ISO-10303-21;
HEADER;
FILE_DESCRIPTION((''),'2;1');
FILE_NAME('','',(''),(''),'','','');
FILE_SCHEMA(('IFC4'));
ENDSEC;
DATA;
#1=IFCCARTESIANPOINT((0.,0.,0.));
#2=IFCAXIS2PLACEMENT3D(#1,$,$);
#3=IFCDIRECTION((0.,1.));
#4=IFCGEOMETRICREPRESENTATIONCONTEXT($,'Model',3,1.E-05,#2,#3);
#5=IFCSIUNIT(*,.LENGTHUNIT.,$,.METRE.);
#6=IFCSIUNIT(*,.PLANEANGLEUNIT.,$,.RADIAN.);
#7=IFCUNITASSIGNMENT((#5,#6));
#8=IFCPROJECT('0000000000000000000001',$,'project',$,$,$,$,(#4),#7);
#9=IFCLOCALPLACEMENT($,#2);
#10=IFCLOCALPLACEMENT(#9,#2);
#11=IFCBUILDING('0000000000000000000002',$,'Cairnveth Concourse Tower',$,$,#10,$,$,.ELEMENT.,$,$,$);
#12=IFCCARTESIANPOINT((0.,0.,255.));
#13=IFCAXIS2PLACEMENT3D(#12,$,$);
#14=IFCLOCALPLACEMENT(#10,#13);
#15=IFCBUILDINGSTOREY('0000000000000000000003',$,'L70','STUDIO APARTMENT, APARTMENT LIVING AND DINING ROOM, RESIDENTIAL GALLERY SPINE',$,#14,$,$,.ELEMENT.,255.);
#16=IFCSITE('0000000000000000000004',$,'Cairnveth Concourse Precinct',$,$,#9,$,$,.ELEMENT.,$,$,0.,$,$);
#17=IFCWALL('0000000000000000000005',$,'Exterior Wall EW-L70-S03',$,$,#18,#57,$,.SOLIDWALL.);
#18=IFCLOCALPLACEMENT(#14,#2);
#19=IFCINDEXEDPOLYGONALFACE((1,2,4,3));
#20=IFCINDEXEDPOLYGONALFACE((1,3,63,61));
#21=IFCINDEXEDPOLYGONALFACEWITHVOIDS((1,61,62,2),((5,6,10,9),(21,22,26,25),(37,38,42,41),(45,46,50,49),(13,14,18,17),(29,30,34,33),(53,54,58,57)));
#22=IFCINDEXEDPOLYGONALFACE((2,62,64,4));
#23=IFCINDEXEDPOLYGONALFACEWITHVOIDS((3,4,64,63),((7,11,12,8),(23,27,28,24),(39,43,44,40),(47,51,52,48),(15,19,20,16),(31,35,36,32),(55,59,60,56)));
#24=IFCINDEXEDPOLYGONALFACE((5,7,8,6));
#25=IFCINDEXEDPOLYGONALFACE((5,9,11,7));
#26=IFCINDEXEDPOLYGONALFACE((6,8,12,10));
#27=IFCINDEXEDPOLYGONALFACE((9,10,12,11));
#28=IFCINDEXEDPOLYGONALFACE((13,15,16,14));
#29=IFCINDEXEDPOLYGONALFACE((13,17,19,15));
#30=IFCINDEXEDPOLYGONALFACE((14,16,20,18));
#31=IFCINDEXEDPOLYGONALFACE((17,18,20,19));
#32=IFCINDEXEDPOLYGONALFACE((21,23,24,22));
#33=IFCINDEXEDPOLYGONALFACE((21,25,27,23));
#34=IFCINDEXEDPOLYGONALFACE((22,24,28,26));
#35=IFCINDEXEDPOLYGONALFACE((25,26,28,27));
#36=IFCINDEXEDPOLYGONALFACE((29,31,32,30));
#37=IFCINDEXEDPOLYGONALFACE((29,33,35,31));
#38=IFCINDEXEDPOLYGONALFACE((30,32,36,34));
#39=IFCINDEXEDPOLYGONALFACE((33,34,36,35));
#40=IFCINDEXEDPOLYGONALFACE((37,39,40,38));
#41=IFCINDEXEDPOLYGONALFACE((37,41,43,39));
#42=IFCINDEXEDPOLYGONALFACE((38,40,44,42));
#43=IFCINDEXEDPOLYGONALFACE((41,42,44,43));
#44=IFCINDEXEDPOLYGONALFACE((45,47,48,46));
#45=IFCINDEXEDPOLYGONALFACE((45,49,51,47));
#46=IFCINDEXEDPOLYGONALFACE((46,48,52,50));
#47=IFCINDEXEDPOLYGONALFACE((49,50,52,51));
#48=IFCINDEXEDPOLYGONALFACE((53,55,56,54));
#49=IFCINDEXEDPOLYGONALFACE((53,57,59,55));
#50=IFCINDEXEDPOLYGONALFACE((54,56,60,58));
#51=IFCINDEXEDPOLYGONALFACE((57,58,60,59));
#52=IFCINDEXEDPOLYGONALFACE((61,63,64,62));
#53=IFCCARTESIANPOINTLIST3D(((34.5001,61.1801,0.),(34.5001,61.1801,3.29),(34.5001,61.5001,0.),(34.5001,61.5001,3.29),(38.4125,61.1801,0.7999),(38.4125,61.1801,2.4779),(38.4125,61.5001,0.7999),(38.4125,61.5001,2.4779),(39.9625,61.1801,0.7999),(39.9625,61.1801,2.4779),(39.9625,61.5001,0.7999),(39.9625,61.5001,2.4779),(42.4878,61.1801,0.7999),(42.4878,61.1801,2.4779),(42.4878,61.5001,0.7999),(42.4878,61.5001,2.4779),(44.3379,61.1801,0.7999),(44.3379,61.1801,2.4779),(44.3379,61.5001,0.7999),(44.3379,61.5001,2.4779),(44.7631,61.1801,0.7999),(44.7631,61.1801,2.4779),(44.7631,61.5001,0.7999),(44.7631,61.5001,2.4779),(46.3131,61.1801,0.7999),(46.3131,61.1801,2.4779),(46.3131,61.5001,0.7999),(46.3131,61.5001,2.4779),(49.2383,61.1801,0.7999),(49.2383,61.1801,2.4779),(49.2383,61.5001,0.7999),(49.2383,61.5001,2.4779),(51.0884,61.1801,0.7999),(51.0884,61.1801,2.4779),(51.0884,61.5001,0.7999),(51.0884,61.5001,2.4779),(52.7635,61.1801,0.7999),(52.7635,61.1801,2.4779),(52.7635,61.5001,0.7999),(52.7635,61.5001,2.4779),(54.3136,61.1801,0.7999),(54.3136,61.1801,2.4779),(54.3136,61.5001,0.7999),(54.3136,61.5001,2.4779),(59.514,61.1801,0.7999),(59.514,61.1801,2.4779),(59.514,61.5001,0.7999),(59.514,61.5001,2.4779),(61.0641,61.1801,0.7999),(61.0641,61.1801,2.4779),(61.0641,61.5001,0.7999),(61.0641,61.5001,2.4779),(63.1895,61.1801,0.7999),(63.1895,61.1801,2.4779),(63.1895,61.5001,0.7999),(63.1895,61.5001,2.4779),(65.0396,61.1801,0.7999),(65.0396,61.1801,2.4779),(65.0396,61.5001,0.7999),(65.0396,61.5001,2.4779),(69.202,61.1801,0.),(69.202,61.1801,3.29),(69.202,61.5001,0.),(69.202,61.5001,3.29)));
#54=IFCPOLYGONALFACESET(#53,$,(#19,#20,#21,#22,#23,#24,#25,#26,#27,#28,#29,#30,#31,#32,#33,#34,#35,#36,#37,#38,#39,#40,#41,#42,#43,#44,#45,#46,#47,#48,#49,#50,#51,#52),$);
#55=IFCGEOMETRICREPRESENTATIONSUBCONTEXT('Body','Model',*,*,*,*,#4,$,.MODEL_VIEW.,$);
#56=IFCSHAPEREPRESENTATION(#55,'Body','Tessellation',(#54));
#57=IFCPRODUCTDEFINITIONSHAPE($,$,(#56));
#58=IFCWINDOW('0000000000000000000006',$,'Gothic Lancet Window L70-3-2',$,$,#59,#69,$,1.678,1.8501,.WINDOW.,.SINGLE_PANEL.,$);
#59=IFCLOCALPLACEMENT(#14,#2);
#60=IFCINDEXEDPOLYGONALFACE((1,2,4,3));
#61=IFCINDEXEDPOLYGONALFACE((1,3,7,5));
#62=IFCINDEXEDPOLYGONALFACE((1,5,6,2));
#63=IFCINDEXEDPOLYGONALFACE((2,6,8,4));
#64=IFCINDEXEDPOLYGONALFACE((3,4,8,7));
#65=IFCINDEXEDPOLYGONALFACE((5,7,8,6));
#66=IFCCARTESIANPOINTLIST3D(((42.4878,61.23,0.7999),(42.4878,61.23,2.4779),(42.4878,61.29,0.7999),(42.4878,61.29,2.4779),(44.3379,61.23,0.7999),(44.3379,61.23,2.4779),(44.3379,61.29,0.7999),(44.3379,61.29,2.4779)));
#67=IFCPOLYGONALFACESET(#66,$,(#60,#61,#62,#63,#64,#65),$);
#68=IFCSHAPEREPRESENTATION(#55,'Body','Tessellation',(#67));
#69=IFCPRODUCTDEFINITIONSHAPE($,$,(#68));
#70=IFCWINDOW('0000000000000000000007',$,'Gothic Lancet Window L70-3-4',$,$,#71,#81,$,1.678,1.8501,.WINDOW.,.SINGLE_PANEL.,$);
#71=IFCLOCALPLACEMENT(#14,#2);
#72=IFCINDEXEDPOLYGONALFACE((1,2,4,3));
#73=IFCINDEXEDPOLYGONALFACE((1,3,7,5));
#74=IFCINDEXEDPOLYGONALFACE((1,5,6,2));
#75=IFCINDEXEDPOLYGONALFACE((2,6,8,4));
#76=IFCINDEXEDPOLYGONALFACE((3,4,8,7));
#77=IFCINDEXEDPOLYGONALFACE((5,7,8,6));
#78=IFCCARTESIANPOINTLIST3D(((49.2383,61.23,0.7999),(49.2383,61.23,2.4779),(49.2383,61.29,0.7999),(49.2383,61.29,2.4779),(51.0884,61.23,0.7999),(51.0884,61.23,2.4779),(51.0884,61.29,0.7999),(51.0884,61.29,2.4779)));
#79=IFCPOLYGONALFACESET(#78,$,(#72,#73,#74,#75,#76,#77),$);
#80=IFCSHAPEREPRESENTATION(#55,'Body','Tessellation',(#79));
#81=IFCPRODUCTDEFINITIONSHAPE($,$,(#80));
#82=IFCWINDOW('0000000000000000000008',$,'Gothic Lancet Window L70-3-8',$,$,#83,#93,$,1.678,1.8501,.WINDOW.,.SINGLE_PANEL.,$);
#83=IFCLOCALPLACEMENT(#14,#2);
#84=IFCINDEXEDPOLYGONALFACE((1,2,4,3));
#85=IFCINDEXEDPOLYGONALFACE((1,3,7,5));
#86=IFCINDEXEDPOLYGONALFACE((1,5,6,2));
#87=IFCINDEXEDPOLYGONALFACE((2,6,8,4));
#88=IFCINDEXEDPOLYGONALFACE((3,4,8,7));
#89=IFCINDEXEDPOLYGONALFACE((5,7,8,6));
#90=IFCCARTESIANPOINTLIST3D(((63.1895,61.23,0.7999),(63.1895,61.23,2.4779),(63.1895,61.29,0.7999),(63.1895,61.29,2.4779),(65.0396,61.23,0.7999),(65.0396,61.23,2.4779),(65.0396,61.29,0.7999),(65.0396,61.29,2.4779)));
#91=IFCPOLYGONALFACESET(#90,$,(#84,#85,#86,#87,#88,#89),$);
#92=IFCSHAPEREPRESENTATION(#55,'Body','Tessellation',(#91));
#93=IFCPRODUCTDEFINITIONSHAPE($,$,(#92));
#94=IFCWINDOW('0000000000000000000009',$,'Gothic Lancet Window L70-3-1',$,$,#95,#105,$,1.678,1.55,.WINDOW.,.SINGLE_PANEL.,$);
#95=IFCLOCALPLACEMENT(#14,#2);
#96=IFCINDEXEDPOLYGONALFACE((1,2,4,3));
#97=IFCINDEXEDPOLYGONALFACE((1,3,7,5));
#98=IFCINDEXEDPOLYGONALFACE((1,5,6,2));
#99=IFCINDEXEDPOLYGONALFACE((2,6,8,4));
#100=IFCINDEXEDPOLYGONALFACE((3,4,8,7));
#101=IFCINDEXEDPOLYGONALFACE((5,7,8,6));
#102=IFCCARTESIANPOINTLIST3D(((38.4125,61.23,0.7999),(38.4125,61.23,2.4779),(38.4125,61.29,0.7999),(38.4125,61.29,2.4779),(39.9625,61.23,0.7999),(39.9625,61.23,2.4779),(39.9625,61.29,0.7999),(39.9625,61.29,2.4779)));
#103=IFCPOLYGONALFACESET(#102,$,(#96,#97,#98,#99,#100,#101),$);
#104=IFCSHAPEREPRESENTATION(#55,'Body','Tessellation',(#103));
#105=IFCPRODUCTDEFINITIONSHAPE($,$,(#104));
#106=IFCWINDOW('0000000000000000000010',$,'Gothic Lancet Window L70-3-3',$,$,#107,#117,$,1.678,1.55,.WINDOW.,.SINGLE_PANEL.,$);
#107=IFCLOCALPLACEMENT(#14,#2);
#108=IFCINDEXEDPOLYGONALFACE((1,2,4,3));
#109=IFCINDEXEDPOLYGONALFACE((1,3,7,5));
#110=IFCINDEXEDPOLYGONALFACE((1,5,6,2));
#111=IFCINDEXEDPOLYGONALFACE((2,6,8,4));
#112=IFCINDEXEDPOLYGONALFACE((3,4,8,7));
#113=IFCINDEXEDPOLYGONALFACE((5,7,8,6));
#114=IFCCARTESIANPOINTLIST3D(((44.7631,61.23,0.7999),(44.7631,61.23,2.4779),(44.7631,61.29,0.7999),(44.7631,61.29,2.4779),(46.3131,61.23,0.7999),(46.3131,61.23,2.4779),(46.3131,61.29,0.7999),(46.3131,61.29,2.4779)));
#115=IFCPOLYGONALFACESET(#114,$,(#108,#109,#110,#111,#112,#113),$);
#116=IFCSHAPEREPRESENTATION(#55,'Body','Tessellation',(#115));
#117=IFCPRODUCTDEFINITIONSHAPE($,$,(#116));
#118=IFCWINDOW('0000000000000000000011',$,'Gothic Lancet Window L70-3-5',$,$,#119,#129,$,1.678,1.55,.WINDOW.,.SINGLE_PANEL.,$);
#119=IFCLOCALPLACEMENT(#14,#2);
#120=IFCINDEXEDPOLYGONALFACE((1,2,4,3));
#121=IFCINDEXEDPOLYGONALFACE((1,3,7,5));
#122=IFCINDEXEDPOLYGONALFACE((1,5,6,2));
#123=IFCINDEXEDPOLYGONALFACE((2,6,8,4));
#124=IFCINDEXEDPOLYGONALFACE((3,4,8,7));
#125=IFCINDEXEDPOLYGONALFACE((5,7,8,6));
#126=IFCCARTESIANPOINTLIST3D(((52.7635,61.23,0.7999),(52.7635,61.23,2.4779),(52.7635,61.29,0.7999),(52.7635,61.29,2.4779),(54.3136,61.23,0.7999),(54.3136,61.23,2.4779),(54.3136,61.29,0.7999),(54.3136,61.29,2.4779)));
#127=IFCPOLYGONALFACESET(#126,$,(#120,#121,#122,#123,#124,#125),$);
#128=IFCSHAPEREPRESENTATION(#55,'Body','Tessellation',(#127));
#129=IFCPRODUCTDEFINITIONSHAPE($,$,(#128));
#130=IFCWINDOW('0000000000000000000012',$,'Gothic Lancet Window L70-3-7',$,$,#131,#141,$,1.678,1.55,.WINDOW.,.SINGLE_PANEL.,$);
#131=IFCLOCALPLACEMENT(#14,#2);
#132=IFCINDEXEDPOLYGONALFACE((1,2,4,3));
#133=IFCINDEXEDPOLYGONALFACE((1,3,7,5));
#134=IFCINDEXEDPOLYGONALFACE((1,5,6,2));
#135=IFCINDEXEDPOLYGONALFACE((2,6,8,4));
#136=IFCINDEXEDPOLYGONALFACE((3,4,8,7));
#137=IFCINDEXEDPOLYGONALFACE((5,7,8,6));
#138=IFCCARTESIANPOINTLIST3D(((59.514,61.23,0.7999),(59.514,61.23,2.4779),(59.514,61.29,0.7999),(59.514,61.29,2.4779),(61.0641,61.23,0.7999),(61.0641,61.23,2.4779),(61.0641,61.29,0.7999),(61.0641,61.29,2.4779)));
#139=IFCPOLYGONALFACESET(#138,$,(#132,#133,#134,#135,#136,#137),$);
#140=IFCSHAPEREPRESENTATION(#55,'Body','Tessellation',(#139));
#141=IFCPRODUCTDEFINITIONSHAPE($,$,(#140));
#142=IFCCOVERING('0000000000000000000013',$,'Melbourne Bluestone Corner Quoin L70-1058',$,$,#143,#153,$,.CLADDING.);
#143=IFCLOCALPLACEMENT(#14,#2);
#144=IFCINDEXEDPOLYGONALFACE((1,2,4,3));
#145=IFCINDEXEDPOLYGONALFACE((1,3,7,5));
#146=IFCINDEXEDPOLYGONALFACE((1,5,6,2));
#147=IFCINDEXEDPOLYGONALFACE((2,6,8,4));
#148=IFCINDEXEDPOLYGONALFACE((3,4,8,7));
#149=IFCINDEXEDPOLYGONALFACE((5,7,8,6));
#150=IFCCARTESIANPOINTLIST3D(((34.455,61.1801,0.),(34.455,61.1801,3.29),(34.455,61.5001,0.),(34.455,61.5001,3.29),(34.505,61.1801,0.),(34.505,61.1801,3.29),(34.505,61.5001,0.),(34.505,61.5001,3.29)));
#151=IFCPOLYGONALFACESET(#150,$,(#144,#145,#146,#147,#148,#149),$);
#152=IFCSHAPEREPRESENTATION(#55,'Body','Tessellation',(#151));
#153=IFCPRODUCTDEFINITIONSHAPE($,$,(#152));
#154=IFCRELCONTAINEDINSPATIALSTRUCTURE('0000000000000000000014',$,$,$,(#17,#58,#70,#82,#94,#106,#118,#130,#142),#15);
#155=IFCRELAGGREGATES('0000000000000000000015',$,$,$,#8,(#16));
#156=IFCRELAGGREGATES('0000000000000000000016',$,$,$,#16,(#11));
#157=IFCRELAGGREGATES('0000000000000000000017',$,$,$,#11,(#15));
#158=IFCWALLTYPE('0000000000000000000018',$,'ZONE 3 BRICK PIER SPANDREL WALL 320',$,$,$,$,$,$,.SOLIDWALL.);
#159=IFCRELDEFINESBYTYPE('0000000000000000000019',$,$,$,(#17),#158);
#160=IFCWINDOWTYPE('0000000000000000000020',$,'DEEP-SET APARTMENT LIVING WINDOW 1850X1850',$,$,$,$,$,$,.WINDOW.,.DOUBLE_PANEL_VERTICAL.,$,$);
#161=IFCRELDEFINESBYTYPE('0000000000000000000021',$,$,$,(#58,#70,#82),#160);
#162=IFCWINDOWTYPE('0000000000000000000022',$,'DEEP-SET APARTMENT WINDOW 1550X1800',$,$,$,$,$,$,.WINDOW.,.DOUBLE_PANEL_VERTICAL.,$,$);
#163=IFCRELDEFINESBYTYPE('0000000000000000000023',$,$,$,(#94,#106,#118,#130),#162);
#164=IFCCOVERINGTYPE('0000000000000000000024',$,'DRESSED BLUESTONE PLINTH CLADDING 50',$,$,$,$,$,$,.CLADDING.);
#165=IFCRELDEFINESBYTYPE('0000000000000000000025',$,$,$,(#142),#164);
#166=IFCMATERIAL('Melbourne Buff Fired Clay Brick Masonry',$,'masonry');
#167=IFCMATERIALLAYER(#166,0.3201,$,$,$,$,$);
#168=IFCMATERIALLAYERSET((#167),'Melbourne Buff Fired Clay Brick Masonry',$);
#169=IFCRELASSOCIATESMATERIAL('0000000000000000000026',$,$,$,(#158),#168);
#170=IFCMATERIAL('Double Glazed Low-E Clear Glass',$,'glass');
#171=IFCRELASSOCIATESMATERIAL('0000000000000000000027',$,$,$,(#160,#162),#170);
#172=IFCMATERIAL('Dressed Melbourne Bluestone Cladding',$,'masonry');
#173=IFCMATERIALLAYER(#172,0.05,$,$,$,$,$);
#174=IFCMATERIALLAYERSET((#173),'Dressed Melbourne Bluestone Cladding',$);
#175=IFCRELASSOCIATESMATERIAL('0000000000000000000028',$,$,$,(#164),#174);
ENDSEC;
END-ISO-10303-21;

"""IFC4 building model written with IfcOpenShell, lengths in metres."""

from ifc_helpers import new_model, si_unit, direction, frame, frame_2d, origin, place, context, subcontext, project, spatial, rectangle, extrude, material, layer, layer_set, type_object, element, fill, save


model = new_model("IFC4")

# Units and contexts
model_context = context("Model", 3, precision=1e-05, world=origin(), true_north=direction((0.0, 1.0)))
body_context = subcontext(model_context, "Body", "Model", "MODEL_VIEW")
ifc_project = project(units=[si_unit("LENGTHUNIT", "METRE"), si_unit("PLANEANGLEUNIT", "RADIAN")], contexts=[model_context])

# Site, building, storey
site_placement = place(None, origin())
site = spatial("IfcSite", under=ifc_project, at=site_placement, Name="Cairnveth Concourse Precinct", CompositionType="ELEMENT", RefElevation=0.0)
building_placement = place(site_placement, origin())
building = spatial("IfcBuilding", under=site, at=building_placement, Name="Cairnveth Concourse Tower", CompositionType="ELEMENT")
storey_placement = place(building_placement, frame((0.0, 0.0, 255.0)))
storey = spatial("IfcBuildingStorey", under=building, at=storey_placement, Name="L70", Description="STUDIO APARTMENT, APARTMENT LIVING AND DINING ROOM, RESIDENTIAL GALLERY SPINE", CompositionType="ELEMENT", Elevation=255.0)

# Wall, openings, windows
ifc_material_1 = material(Name="Melbourne Buff Fired Clay Brick Masonry", Category="masonry")
ifc_layer_1 = layer(ifc_material_1, 0.3201)
ifc_layer_set_1 = layer_set([ifc_layer_1], Name="Melbourne Buff Fired Clay Brick Masonry")
wall_type = type_object("IfcWallType", Name="ZONE 3 BRICK PIER SPANDREL WALL 320", PredefinedType="SOLIDWALL", material=ifc_layer_set_1)
wall_placement = place(storey_placement, frame((34.5, 61.3401, 0.0), z_axis=(0.0, 0.0, 1.0), x_axis=(1.0, 0.0, 0.0)))
wall = element("IfcWall", 1, at=wall_placement, inside=storey, type_object=wall_type, Name="Exterior Wall EW-L70-S03", PredefinedType="SOLIDWALL", context=body_context, shape_type="SweptSolid", body=[
    extrude(rectangle(XDim=34.7019, YDim=0.3201, at=frame_2d((17.3511, 0.0))), origin(), (0.0, 0.0, 1.0), 3.29),
])
opening_1_placement = place(wall_placement, frame((3.9126, 0.0, 0.8)))
opening_1 = element("IfcOpeningElement", 2, at=opening_1_placement, cuts=wall, PredefinedType="OPENING", context=body_context, shape_type="SweptSolid", body=[
    extrude(rectangle(XDim=1.55, YDim=1.678, at=frame_2d((0.7749, 0.8389))), frame((0.0, 0.1699, 0.0), z_axis=(0.0, -1.0, 0.0), x_axis=(1.0, 0.0, 0.0)), (0.0, 0.0, 1.0), 0.3401),
])
opening_2_placement = place(wall_placement, frame((7.9878, 0.0, 0.8)))
opening_2 = element("IfcOpeningElement", 3, at=opening_2_placement, cuts=wall, PredefinedType="OPENING", context=body_context, shape_type="SweptSolid", body=[
    extrude(rectangle(XDim=1.8501, YDim=1.678, at=frame_2d((0.925, 0.8389))), frame((0.0, 0.1699, 0.0), z_axis=(0.0, -1.0, 0.0), x_axis=(1.0, 0.0, 0.0)), (0.0, 0.0, 1.0), 0.3401),
])
opening_3_placement = place(wall_placement, frame((10.2632, 0.0, 0.8)))
opening_3 = element("IfcOpeningElement", 4, at=opening_3_placement, cuts=wall, PredefinedType="OPENING", context=body_context, shape_type="SweptSolid", body=[
    extrude(rectangle(XDim=1.55, YDim=1.678, at=frame_2d((0.7749, 0.8389))), frame((0.0, 0.1699, 0.0), z_axis=(0.0, -1.0, 0.0), x_axis=(1.0, 0.0, 0.0)), (0.0, 0.0, 1.0), 0.3401),
])
opening_4_placement = place(wall_placement, frame((14.7383, 0.0, 0.8)))
opening_4 = element("IfcOpeningElement", 5, at=opening_4_placement, cuts=wall, PredefinedType="OPENING", context=body_context, shape_type="SweptSolid", body=[
    extrude(rectangle(XDim=1.8501, YDim=1.678, at=frame_2d((0.925, 0.8389))), frame((0.0, 0.1699, 0.0), z_axis=(0.0, -1.0, 0.0), x_axis=(1.0, 0.0, 0.0)), (0.0, 0.0, 1.0), 0.3401),
])
opening_5_placement = place(wall_placement, frame((18.2637, 0.0, 0.8)))
opening_5 = element("IfcOpeningElement", 6, at=opening_5_placement, cuts=wall, PredefinedType="OPENING", context=body_context, shape_type="SweptSolid", body=[
    extrude(rectangle(XDim=1.55, YDim=1.678, at=frame_2d((0.7749, 0.8389))), frame((0.0, 0.1699, 0.0), z_axis=(0.0, -1.0, 0.0), x_axis=(1.0, 0.0, 0.0)), (0.0, 0.0, 1.0), 0.3401),
])
opening_6_placement = place(wall_placement, frame((25.0142, 0.0, 0.8)))
opening_6 = element("IfcOpeningElement", 7, at=opening_6_placement, cuts=wall, PredefinedType="OPENING", context=body_context, shape_type="SweptSolid", body=[
    extrude(rectangle(XDim=1.55, YDim=1.678, at=frame_2d((0.7749, 0.8389))), frame((0.0, 0.1699, 0.0), z_axis=(0.0, -1.0, 0.0), x_axis=(1.0, 0.0, 0.0)), (0.0, 0.0, 1.0), 0.3401),
])
opening_7_placement = place(wall_placement, frame((28.6895, 0.0, 0.8)))
opening_7 = element("IfcOpeningElement", 8, at=opening_7_placement, cuts=wall, PredefinedType="OPENING", context=body_context, shape_type="SweptSolid", body=[
    extrude(rectangle(XDim=1.8501, YDim=1.678, at=frame_2d((0.925, 0.8389))), frame((0.0, 0.1699, 0.0), z_axis=(0.0, -1.0, 0.0), x_axis=(1.0, 0.0, 0.0)), (0.0, 0.0, 1.0), 0.3401),
])
ifc_material_2 = material(Name="Double Glazed Low-E Clear Glass", Category="glass")
window_type_1 = type_object("IfcWindowType", Name="DEEP-SET APARTMENT LIVING WINDOW 1850X1850", PartitioningType="DOUBLE_PANEL_VERTICAL", PredefinedType="WINDOW", material=ifc_material_2)
window_1_placement = place(opening_2_placement, origin())
window_1 = element("IfcWindow", 9, at=window_1_placement, inside=storey, type_object=window_type_1, Name="Gothic Lancet Window L70-3-2", OverallHeight=1.678, OverallWidth=1.8501, PartitioningType="SINGLE_PANEL", PredefinedType="WINDOW", context=body_context, shape_type="SweptSolid", body=[
    extrude(rectangle(XDim=1.8501, YDim=1.678, at=frame_2d((0.925, 0.8389))), frame((0.0, -0.05, 0.0), z_axis=(0.0, -1.0, 0.0), x_axis=(1.0, 0.0, 0.0)), (0.0, 0.0, 1.0), 0.0601),
])
fill(opening_2, window_1)
window_2_placement = place(opening_4_placement, origin())
window_2 = element("IfcWindow", 10, at=window_2_placement, inside=storey, type_object=window_type_1, Name="Gothic Lancet Window L70-3-4", OverallHeight=1.678, OverallWidth=1.8501, PartitioningType="SINGLE_PANEL", PredefinedType="WINDOW", context=body_context, shape_type="SweptSolid", body=[
    extrude(rectangle(XDim=1.8501, YDim=1.678, at=frame_2d((0.925, 0.8389))), frame((0.0, -0.05, 0.0), z_axis=(0.0, -1.0, 0.0), x_axis=(1.0, 0.0, 0.0)), (0.0, 0.0, 1.0), 0.0601),
])
fill(opening_4, window_2)
window_3_placement = place(opening_7_placement, origin())
window_3 = element("IfcWindow", 11, at=window_3_placement, inside=storey, type_object=window_type_1, Name="Gothic Lancet Window L70-3-8", OverallHeight=1.678, OverallWidth=1.8501, PartitioningType="SINGLE_PANEL", PredefinedType="WINDOW", context=body_context, shape_type="SweptSolid", body=[
    extrude(rectangle(XDim=1.8501, YDim=1.678, at=frame_2d((0.925, 0.8389))), frame((0.0, -0.05, 0.0), z_axis=(0.0, -1.0, 0.0), x_axis=(1.0, 0.0, 0.0)), (0.0, 0.0, 1.0), 0.0601),
])
fill(opening_7, window_3)
window_type_2 = type_object("IfcWindowType", Name="DEEP-SET APARTMENT WINDOW 1550X1800", PartitioningType="DOUBLE_PANEL_VERTICAL", PredefinedType="WINDOW", material=ifc_material_2)
window_4_placement = place(opening_1_placement, origin())
window_4 = element("IfcWindow", 12, at=window_4_placement, inside=storey, type_object=window_type_2, Name="Gothic Lancet Window L70-3-1", OverallHeight=1.678, OverallWidth=1.55, PartitioningType="SINGLE_PANEL", PredefinedType="WINDOW", context=body_context, shape_type="SweptSolid", body=[
    extrude(rectangle(XDim=1.55, YDim=1.678, at=frame_2d((0.7749, 0.8389))), frame((0.0, -0.05, 0.0), z_axis=(0.0, -1.0, 0.0), x_axis=(1.0, 0.0, 0.0)), (0.0, 0.0, 1.0), 0.0601),
])
fill(opening_1, window_4)
window_5_placement = place(opening_3_placement, origin())
window_5 = element("IfcWindow", 13, at=window_5_placement, inside=storey, type_object=window_type_2, Name="Gothic Lancet Window L70-3-3", OverallHeight=1.678, OverallWidth=1.55, PartitioningType="SINGLE_PANEL", PredefinedType="WINDOW", context=body_context, shape_type="SweptSolid", body=[
    extrude(rectangle(XDim=1.55, YDim=1.678, at=frame_2d((0.7749, 0.8389))), frame((0.0, -0.05, 0.0), z_axis=(0.0, -1.0, 0.0), x_axis=(1.0, 0.0, 0.0)), (0.0, 0.0, 1.0), 0.0601),
])
fill(opening_3, window_5)
window_6_placement = place(opening_5_placement, origin())
window_6 = element("IfcWindow", 14, at=window_6_placement, inside=storey, type_object=window_type_2, Name="Gothic Lancet Window L70-3-5", OverallHeight=1.678, OverallWidth=1.55, PartitioningType="SINGLE_PANEL", PredefinedType="WINDOW", context=body_context, shape_type="SweptSolid", body=[
    extrude(rectangle(XDim=1.55, YDim=1.678, at=frame_2d((0.7749, 0.8389))), frame((0.0, -0.05, 0.0), z_axis=(0.0, -1.0, 0.0), x_axis=(1.0, 0.0, 0.0)), (0.0, 0.0, 1.0), 0.0601),
])
fill(opening_5, window_6)
window_7_placement = place(opening_6_placement, origin())
window_7 = element("IfcWindow", 15, at=window_7_placement, inside=storey, type_object=window_type_2, Name="Gothic Lancet Window L70-3-7", OverallHeight=1.678, OverallWidth=1.55, PartitioningType="SINGLE_PANEL", PredefinedType="WINDOW", context=body_context, shape_type="SweptSolid", body=[
    extrude(rectangle(XDim=1.55, YDim=1.678, at=frame_2d((0.7749, 0.8389))), frame((0.0, -0.05, 0.0), z_axis=(0.0, -1.0, 0.0), x_axis=(1.0, 0.0, 0.0)), (0.0, 0.0, 1.0), 0.0601),
])
fill(opening_6, window_7)

# Covering
ifc_material_3 = material(Name="Dressed Melbourne Bluestone Cladding", Category="masonry")
ifc_layer_2 = layer(ifc_material_3, 0.05)
ifc_layer_set_2 = layer_set([ifc_layer_2], Name="Dressed Melbourne Bluestone Cladding")
covering_type = type_object("IfcCoveringType", Name="DRESSED BLUESTONE PLINTH CLADDING 50", PredefinedType="CLADDING", material=ifc_layer_set_2)
covering_placement = place(storey_placement, frame((34.48, 61.1799, 0.0), z_axis=(0.0, 0.0, 1.0), x_axis=(0.0, 1.0, 0.0)))
element("IfcCovering", 16, at=covering_placement, inside=storey, type_object=covering_type, Name="Melbourne Bluestone Corner Quoin L70-1058", PredefinedType="CLADDING", context=body_context, shape_type="SweptSolid", body=[
    extrude(rectangle(XDim=0.3201, YDim=0.05, at=frame_2d((0.1602, 0.0))), origin(), (0.0, 0.0, 1.0), 3.29),
])

save(model, "model.ifc")
